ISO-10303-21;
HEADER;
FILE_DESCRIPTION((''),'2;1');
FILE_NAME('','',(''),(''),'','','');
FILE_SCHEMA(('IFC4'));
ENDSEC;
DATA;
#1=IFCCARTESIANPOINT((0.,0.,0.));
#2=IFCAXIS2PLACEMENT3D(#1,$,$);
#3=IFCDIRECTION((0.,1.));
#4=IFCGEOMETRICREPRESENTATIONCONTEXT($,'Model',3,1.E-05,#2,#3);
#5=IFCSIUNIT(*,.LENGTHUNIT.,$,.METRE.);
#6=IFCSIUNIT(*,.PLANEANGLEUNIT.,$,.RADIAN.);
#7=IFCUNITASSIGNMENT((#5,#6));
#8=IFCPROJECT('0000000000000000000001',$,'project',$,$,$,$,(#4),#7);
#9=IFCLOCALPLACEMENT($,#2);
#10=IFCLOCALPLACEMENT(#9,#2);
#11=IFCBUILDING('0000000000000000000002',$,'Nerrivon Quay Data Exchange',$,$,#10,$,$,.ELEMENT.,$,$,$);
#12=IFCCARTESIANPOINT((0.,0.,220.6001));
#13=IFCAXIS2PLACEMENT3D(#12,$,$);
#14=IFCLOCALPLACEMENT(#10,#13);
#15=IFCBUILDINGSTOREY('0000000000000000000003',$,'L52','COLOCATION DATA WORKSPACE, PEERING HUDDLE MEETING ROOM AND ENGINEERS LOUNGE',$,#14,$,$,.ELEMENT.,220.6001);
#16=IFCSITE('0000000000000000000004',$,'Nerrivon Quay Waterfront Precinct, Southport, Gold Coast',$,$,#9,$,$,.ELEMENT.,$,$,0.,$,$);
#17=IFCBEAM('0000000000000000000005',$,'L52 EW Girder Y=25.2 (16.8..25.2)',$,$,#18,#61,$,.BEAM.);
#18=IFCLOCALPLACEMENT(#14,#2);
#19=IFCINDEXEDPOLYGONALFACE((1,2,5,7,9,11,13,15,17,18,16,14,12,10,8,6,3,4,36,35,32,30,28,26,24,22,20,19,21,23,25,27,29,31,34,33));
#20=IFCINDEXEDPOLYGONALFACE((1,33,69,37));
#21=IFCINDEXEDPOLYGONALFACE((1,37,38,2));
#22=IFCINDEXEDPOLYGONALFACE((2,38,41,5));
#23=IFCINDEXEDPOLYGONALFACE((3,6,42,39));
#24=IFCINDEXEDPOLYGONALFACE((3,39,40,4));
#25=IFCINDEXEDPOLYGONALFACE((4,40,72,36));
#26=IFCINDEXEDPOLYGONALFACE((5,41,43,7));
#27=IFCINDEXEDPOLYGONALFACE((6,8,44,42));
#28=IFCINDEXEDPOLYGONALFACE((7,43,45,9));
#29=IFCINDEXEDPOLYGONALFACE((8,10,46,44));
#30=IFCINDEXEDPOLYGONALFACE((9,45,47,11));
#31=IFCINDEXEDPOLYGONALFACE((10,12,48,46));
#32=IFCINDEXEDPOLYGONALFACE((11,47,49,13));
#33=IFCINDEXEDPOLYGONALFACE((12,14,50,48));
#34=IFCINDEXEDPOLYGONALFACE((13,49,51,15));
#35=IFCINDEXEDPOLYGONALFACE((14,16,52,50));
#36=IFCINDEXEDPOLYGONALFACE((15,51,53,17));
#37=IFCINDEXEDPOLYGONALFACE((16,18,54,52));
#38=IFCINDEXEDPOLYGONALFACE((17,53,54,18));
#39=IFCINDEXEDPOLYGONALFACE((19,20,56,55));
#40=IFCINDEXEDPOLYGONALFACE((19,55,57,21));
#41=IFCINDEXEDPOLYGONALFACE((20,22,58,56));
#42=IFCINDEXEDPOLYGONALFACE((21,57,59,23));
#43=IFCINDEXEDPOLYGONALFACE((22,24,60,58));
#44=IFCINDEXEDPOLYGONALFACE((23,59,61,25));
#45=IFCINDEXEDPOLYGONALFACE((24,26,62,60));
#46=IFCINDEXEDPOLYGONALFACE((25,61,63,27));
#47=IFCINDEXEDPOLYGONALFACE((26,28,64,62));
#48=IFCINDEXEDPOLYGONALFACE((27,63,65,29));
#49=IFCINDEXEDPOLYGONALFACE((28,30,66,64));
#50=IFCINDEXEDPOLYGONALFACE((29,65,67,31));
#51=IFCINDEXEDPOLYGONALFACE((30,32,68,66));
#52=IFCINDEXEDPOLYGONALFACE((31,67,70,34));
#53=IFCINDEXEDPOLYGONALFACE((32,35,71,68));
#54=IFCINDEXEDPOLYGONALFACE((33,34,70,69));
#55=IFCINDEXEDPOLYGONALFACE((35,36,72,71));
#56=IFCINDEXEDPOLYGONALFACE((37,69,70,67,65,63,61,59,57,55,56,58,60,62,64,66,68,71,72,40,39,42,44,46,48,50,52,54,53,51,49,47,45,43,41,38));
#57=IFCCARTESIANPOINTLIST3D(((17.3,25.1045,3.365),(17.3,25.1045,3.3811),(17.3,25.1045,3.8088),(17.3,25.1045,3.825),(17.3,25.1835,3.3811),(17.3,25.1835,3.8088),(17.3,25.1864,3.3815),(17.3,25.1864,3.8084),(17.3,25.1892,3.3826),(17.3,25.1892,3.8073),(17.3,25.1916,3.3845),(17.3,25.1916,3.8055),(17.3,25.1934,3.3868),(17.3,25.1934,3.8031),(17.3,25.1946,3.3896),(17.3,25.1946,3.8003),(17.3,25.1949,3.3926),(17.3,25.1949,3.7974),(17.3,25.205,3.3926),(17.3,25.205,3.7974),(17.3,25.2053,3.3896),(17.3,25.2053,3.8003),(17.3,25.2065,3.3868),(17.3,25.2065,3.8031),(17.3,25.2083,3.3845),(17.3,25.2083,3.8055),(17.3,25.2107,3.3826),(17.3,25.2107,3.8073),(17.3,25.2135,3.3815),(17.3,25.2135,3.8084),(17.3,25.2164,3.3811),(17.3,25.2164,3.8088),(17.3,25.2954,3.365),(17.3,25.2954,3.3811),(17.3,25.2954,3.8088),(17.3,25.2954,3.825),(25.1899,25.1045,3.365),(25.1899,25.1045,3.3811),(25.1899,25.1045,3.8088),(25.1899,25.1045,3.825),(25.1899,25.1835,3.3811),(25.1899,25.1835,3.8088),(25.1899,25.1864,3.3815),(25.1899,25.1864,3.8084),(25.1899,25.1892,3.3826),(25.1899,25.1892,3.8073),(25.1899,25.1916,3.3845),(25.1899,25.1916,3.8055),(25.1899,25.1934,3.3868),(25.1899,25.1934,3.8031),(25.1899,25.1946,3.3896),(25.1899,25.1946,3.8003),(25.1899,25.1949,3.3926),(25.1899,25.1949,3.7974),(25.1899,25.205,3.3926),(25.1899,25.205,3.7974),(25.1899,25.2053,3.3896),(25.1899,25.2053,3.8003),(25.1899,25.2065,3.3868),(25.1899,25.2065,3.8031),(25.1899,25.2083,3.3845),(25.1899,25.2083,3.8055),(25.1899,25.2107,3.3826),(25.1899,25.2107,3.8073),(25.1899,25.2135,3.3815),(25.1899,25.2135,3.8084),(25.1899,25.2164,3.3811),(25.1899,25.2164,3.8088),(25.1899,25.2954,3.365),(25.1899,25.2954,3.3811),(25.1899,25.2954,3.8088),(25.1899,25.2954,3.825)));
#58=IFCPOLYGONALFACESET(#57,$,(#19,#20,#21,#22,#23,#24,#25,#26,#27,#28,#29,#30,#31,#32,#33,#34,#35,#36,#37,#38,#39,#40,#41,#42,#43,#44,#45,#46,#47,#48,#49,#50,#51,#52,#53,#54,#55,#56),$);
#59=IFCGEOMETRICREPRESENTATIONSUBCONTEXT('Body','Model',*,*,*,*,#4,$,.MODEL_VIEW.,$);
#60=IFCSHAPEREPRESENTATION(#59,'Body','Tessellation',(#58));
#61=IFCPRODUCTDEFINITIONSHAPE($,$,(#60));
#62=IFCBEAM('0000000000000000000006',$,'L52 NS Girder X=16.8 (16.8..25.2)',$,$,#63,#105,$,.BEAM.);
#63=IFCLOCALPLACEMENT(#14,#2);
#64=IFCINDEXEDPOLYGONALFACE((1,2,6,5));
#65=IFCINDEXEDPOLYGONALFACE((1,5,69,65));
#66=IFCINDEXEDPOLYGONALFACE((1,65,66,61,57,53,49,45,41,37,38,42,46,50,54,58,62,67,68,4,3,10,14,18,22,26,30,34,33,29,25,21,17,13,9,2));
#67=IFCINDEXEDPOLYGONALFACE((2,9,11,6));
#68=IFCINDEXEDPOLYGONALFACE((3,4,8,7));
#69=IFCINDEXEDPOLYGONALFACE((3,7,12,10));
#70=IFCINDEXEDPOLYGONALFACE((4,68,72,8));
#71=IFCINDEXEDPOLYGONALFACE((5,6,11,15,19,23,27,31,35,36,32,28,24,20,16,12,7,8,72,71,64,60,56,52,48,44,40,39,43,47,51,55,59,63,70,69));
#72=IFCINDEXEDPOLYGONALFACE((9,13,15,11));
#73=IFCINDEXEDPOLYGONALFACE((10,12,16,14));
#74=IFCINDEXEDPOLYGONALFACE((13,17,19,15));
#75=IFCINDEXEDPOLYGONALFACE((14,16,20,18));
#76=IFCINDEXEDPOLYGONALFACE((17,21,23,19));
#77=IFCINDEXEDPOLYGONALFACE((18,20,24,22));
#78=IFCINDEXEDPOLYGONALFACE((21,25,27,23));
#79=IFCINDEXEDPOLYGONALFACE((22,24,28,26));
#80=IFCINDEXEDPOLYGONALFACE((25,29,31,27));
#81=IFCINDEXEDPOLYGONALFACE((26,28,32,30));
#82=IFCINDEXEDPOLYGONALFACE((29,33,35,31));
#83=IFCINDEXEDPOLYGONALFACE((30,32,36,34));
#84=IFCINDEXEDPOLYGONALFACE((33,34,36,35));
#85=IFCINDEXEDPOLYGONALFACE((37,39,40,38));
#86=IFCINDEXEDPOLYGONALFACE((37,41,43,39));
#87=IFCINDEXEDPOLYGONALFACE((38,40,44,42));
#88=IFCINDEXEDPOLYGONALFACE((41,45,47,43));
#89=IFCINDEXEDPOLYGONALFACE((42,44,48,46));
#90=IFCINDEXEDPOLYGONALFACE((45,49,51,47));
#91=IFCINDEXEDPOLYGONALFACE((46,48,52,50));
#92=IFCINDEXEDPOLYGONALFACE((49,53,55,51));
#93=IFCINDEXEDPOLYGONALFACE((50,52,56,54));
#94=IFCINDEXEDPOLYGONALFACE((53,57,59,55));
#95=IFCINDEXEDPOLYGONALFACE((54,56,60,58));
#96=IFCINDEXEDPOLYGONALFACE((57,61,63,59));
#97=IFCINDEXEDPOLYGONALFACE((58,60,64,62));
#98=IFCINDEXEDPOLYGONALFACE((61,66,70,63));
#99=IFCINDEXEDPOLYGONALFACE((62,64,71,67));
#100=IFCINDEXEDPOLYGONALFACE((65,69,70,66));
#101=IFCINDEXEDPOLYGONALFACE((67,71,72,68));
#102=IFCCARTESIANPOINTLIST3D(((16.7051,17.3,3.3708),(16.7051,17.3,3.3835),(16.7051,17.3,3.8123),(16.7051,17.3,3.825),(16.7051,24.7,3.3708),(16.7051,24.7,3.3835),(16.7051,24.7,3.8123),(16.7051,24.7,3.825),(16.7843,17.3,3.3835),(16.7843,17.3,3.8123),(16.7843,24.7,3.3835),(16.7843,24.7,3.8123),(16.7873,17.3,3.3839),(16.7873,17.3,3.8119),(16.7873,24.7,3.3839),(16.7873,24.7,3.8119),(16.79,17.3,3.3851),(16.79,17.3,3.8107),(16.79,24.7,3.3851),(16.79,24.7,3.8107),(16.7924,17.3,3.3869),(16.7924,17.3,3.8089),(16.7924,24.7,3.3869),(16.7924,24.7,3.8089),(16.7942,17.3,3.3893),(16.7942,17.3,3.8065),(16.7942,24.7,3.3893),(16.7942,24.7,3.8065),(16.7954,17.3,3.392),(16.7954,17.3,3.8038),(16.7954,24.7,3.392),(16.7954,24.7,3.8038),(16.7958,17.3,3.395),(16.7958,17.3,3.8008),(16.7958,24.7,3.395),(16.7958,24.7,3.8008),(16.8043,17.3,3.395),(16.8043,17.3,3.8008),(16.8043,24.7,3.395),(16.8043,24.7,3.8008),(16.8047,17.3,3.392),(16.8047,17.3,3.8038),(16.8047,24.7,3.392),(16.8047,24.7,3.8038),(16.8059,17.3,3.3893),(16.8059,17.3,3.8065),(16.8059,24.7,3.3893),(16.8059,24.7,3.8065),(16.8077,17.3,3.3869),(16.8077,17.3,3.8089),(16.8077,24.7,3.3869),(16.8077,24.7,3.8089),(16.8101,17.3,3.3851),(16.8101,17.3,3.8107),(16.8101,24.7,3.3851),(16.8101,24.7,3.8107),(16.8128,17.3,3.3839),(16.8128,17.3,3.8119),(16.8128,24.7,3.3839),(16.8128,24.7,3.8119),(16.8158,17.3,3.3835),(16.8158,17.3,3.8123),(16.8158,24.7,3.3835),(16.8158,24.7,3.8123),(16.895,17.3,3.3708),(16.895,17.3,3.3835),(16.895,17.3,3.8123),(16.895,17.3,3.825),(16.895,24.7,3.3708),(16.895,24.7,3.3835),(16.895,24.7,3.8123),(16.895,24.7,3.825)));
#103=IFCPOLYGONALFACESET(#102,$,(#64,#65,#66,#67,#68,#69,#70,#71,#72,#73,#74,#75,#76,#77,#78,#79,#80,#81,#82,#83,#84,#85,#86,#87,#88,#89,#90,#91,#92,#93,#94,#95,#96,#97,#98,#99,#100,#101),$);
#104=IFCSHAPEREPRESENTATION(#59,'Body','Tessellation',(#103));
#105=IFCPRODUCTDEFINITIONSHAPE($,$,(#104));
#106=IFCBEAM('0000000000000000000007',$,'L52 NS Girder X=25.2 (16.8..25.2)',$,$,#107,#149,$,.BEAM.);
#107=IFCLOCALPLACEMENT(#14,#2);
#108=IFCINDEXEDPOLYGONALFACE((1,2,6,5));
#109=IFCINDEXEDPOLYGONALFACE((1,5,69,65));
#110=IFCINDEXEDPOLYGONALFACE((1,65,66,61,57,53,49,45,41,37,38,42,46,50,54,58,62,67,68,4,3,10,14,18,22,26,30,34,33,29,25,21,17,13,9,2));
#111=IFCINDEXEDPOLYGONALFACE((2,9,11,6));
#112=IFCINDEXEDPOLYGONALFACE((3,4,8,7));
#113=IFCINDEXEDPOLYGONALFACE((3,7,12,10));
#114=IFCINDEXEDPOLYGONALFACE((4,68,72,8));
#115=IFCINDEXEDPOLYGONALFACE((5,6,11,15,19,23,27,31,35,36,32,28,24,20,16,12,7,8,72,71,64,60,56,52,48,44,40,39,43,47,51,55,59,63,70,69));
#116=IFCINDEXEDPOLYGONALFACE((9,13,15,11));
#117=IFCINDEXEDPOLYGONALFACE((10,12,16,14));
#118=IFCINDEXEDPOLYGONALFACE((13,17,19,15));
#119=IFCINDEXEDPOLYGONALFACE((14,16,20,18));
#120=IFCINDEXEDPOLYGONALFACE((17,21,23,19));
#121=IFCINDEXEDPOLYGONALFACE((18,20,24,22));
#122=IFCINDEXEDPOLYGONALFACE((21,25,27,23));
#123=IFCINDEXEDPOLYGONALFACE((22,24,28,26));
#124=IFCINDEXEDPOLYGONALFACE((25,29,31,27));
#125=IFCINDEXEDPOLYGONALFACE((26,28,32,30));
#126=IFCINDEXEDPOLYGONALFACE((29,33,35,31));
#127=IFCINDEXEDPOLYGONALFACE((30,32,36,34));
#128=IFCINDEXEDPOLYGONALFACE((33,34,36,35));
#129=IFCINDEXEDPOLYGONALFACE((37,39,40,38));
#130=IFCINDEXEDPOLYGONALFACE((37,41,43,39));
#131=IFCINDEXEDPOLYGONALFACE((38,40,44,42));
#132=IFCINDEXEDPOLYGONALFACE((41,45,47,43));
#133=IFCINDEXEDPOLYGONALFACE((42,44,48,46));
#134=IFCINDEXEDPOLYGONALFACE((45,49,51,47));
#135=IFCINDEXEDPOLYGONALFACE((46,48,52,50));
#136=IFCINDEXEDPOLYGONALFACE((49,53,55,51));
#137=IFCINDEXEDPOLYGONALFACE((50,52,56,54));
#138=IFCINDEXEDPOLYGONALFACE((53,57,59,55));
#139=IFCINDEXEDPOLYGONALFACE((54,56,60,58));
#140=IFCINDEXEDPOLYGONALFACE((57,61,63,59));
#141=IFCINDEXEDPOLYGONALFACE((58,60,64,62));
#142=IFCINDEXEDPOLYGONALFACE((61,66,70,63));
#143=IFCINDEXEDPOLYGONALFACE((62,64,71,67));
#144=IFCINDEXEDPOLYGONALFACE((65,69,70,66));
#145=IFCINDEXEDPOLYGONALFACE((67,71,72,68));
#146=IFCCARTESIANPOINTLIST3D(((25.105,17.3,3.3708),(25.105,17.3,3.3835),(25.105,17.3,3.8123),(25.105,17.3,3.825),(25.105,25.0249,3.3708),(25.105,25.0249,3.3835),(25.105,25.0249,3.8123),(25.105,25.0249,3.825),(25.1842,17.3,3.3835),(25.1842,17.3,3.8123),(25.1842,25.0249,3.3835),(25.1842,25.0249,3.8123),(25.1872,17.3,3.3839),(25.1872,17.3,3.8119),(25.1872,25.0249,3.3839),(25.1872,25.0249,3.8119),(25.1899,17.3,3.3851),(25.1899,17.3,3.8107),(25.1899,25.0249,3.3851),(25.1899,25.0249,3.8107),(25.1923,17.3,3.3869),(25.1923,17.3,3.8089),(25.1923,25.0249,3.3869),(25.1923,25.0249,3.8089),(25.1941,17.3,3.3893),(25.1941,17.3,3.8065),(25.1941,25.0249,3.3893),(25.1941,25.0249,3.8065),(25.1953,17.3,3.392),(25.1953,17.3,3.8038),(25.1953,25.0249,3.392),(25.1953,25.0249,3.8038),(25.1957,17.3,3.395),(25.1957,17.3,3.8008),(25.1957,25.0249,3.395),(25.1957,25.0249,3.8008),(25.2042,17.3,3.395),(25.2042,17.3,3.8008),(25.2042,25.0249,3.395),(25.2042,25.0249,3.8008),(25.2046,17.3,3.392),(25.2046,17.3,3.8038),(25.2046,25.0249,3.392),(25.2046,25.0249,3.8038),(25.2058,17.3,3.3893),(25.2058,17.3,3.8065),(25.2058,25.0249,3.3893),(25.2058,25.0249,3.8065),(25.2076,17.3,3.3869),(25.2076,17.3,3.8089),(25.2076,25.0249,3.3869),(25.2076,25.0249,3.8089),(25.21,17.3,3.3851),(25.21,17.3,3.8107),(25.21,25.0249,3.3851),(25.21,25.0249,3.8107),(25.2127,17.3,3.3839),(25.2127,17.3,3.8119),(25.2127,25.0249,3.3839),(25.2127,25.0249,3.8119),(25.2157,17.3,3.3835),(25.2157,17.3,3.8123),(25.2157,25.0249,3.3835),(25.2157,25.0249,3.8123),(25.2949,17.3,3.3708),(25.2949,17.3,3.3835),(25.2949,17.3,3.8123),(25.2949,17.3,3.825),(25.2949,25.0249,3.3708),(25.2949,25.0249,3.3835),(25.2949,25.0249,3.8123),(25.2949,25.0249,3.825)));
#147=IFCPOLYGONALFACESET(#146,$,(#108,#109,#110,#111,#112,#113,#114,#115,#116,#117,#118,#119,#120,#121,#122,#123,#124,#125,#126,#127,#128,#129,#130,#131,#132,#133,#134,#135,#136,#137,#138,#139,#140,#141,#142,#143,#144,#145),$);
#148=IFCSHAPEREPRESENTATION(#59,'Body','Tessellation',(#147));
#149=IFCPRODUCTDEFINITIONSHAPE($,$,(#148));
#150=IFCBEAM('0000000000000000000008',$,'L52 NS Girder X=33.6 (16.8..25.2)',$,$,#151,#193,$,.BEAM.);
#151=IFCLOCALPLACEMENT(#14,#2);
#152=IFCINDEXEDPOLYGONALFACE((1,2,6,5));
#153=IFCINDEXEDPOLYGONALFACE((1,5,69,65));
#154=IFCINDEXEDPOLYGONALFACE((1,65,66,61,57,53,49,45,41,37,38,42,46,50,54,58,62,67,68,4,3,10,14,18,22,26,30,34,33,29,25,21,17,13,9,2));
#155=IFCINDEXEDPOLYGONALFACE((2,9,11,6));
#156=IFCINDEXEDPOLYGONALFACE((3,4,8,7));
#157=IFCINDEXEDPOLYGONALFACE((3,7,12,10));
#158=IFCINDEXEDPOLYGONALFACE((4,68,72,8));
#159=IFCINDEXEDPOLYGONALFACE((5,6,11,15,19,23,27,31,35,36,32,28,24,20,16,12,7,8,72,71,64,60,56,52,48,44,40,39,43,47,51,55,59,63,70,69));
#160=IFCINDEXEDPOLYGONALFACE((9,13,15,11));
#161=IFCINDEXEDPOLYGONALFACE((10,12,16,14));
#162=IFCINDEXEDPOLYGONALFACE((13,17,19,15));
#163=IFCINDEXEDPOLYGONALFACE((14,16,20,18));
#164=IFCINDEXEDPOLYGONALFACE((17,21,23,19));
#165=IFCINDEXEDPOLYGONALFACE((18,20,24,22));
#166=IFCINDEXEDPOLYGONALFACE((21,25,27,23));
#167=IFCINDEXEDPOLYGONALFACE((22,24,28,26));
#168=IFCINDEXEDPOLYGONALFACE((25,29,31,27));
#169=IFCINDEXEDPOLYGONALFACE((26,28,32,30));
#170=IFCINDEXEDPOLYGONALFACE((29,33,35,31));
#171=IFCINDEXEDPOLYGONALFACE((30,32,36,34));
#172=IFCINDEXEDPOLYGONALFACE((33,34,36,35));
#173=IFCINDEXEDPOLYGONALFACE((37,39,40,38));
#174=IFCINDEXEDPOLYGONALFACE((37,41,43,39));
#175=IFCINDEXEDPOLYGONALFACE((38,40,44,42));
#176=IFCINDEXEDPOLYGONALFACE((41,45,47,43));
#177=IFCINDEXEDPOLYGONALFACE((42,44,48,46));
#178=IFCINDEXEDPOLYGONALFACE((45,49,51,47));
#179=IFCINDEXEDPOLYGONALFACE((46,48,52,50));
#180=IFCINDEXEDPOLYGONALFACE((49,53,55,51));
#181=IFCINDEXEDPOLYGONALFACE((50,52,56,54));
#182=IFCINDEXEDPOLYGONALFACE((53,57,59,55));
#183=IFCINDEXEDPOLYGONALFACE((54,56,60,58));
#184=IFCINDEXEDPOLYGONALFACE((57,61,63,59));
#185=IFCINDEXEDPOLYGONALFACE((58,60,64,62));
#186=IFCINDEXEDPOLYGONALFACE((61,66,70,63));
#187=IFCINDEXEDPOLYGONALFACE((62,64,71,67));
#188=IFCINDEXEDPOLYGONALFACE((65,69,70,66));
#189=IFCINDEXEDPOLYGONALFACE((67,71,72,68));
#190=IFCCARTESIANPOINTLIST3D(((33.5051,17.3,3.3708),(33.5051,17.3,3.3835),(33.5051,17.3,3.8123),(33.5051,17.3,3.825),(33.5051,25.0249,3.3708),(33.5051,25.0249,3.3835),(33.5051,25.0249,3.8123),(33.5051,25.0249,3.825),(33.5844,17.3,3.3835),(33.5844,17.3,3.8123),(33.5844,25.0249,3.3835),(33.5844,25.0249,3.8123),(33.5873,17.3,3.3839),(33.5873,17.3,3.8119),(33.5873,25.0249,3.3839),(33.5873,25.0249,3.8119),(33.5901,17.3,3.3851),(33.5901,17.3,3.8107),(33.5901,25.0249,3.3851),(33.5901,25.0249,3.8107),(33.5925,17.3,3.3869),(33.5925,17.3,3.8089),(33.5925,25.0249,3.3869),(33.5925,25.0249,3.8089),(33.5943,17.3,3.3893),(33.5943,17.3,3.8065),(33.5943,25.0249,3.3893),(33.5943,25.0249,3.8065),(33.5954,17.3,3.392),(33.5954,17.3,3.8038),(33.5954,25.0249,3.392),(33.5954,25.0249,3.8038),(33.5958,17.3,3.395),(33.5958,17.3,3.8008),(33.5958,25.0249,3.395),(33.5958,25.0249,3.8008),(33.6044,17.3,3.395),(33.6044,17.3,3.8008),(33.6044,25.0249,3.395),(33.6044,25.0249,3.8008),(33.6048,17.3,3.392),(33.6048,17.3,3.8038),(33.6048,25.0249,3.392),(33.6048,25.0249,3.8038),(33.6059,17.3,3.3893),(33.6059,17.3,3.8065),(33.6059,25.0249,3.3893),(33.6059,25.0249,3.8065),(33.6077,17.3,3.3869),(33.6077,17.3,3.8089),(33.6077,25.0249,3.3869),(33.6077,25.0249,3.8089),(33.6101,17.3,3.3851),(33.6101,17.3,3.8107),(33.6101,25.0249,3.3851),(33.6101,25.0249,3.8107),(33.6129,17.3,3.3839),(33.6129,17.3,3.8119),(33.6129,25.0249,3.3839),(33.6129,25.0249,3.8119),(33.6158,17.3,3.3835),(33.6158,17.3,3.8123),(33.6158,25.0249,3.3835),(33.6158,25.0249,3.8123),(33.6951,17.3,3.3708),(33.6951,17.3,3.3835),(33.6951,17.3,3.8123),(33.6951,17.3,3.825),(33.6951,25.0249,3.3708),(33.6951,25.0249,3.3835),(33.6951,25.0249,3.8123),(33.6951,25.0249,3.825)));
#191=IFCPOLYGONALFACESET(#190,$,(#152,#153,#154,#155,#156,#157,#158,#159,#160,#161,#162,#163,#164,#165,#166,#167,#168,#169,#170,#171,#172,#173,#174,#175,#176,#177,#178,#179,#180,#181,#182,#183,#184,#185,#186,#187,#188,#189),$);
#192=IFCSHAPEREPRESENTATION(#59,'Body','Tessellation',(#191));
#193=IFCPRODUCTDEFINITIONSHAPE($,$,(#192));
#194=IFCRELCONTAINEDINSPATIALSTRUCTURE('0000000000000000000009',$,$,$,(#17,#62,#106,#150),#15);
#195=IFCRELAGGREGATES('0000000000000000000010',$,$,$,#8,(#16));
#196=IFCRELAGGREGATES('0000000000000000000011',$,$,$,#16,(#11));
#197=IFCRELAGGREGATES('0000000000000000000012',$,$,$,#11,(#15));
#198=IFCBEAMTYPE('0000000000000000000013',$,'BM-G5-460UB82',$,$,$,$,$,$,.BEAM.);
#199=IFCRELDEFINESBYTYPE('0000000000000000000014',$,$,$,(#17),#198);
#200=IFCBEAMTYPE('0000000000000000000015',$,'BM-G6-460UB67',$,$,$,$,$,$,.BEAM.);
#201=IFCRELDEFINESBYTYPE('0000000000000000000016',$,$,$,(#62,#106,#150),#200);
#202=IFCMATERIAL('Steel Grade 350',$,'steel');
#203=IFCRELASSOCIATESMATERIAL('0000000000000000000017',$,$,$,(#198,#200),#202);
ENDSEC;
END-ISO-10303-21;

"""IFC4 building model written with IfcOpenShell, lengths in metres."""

from ifc_helpers import new_model, si_unit, direction, frame, origin, origin_2d, place, context, subcontext, project, spatial, i_section, extrude, material, material_profile, profile_set, type_object, element, save


model = new_model("IFC4")

# Units and contexts
model_context = context("Model", 3, precision=1e-05, world=origin(), true_north=direction((0.0, 1.0)))
body_context = subcontext(model_context, "Body", "Model", "MODEL_VIEW")
ifc_project = project(units=[si_unit("LENGTHUNIT", "METRE"), si_unit("PLANEANGLEUNIT", "RADIAN")], contexts=[model_context])

# Site, building, storey
site_placement = place(None, origin())
site = spatial("IfcSite", under=ifc_project, at=site_placement, Name="Nerrivon Quay Waterfront Precinct, Southport, Gold Coast", CompositionType="ELEMENT", RefElevation=0.0)
building_placement = place(site_placement, origin())
building = spatial("IfcBuilding", under=site, at=building_placement, Name="Nerrivon Quay Data Exchange", CompositionType="ELEMENT")
storey_placement = place(building_placement, frame((0.0, 0.0, 220.6001)))
storey = spatial("IfcBuildingStorey", under=building, at=storey_placement, Name="L52", Description="COLOCATION DATA WORKSPACE, PEERING HUDDLE MEETING ROOM AND ENGINEERS LOUNGE", CompositionType="ELEMENT", Elevation=220.6001)

# Shared definitions
ifc_material_1 = material(Name="Steel Grade 350", Category="steel")

# Beams
ifc_material_profile_1 = material_profile(ifc_material_1, i_section(OverallWidth=0.1909, OverallDepth=0.46, WebThickness=0.01, FlangeThickness=0.0161, FilletRadius=0.0115, at=origin_2d()), Name="460UB82.1")
ifc_profile_set_1 = profile_set([ifc_material_profile_1], Name="Steel Grade 350")
beam_type_1 = type_object("IfcBeamType", Name="BM-G5-460UB82", PredefinedType="BEAM", material=ifc_profile_set_1)
beam_1_placement = place(storey_placement, frame((17.3, 25.2, 3.595), z_axis=(1.0, 0.0, 0.0), x_axis=(0.0, 1.0, 0.0)))
element("IfcBeam", 1, at=beam_1_placement, inside=storey, type_object=beam_type_1, Name="L52 EW Girder Y=25.2 (16.8..25.2)", PredefinedType="BEAM", context=body_context, shape_type="SweptSolid", body=[
    extrude(i_section(OverallWidth=0.1909, OverallDepth=0.46, WebThickness=0.01, FlangeThickness=0.0161, FilletRadius=0.0115, at=origin_2d()), origin(), (0.0, 0.0, 1.0), 7.8899),
])
ifc_material_profile_2 = material_profile(ifc_material_1, i_section(OverallWidth=0.1899, OverallDepth=0.4541, WebThickness=0.0085, FlangeThickness=0.0127, FilletRadius=0.0115, at=origin_2d()), Name="460UB67.1")
ifc_profile_set_2 = profile_set([ifc_material_profile_2], Name="Steel Grade 350")
beam_type_2 = type_object("IfcBeamType", Name="BM-G6-460UB67", PredefinedType="BEAM", material=ifc_profile_set_2)
beam_2_placement = place(storey_placement, frame((16.8, 17.3, 3.5979), z_axis=(0.0, 1.0, 0.0), x_axis=(-1.0, 0.0, 0.0)))
element("IfcBeam", 2, at=beam_2_placement, inside=storey, type_object=beam_type_2, Name="L52 NS Girder X=16.8 (16.8..25.2)", PredefinedType="BEAM", context=body_context, shape_type="SweptSolid", body=[
    extrude(i_section(OverallWidth=0.1899, OverallDepth=0.4541, WebThickness=0.0085, FlangeThickness=0.0127, FilletRadius=0.0115, at=origin_2d()), origin(), (0.0, 0.0, 1.0), 7.3999),
])
for number, where, z_axis, x_axis, name in (
    (3, (25.2, 17.3, 3.5979), (0.0, 1.0, 0.0), (-1.0, 0.0, 0.0), "L52 NS Girder X=25.2 (16.8..25.2)"),
    (4, (33.6001, 17.3, 3.5979), (0.0, 1.0, 0.0), (-1.0, 0.0, 0.0), "L52 NS Girder X=33.6 (16.8..25.2)"),
):
    element("IfcBeam", number, at=place(storey_placement, frame(where, z_axis=z_axis, x_axis=x_axis)), inside=storey, type_object=beam_type_2, Name=name, PredefinedType="BEAM", context=body_context, shape_type="SweptSolid", body=[
        extrude(i_section(OverallWidth=0.1899, OverallDepth=0.4541, WebThickness=0.0085, FlangeThickness=0.0127, FilletRadius=0.0115, at=origin_2d()), origin(), (0.0, 0.0, 1.0), 7.7249),
    ])

save(model, "model.ifc")
